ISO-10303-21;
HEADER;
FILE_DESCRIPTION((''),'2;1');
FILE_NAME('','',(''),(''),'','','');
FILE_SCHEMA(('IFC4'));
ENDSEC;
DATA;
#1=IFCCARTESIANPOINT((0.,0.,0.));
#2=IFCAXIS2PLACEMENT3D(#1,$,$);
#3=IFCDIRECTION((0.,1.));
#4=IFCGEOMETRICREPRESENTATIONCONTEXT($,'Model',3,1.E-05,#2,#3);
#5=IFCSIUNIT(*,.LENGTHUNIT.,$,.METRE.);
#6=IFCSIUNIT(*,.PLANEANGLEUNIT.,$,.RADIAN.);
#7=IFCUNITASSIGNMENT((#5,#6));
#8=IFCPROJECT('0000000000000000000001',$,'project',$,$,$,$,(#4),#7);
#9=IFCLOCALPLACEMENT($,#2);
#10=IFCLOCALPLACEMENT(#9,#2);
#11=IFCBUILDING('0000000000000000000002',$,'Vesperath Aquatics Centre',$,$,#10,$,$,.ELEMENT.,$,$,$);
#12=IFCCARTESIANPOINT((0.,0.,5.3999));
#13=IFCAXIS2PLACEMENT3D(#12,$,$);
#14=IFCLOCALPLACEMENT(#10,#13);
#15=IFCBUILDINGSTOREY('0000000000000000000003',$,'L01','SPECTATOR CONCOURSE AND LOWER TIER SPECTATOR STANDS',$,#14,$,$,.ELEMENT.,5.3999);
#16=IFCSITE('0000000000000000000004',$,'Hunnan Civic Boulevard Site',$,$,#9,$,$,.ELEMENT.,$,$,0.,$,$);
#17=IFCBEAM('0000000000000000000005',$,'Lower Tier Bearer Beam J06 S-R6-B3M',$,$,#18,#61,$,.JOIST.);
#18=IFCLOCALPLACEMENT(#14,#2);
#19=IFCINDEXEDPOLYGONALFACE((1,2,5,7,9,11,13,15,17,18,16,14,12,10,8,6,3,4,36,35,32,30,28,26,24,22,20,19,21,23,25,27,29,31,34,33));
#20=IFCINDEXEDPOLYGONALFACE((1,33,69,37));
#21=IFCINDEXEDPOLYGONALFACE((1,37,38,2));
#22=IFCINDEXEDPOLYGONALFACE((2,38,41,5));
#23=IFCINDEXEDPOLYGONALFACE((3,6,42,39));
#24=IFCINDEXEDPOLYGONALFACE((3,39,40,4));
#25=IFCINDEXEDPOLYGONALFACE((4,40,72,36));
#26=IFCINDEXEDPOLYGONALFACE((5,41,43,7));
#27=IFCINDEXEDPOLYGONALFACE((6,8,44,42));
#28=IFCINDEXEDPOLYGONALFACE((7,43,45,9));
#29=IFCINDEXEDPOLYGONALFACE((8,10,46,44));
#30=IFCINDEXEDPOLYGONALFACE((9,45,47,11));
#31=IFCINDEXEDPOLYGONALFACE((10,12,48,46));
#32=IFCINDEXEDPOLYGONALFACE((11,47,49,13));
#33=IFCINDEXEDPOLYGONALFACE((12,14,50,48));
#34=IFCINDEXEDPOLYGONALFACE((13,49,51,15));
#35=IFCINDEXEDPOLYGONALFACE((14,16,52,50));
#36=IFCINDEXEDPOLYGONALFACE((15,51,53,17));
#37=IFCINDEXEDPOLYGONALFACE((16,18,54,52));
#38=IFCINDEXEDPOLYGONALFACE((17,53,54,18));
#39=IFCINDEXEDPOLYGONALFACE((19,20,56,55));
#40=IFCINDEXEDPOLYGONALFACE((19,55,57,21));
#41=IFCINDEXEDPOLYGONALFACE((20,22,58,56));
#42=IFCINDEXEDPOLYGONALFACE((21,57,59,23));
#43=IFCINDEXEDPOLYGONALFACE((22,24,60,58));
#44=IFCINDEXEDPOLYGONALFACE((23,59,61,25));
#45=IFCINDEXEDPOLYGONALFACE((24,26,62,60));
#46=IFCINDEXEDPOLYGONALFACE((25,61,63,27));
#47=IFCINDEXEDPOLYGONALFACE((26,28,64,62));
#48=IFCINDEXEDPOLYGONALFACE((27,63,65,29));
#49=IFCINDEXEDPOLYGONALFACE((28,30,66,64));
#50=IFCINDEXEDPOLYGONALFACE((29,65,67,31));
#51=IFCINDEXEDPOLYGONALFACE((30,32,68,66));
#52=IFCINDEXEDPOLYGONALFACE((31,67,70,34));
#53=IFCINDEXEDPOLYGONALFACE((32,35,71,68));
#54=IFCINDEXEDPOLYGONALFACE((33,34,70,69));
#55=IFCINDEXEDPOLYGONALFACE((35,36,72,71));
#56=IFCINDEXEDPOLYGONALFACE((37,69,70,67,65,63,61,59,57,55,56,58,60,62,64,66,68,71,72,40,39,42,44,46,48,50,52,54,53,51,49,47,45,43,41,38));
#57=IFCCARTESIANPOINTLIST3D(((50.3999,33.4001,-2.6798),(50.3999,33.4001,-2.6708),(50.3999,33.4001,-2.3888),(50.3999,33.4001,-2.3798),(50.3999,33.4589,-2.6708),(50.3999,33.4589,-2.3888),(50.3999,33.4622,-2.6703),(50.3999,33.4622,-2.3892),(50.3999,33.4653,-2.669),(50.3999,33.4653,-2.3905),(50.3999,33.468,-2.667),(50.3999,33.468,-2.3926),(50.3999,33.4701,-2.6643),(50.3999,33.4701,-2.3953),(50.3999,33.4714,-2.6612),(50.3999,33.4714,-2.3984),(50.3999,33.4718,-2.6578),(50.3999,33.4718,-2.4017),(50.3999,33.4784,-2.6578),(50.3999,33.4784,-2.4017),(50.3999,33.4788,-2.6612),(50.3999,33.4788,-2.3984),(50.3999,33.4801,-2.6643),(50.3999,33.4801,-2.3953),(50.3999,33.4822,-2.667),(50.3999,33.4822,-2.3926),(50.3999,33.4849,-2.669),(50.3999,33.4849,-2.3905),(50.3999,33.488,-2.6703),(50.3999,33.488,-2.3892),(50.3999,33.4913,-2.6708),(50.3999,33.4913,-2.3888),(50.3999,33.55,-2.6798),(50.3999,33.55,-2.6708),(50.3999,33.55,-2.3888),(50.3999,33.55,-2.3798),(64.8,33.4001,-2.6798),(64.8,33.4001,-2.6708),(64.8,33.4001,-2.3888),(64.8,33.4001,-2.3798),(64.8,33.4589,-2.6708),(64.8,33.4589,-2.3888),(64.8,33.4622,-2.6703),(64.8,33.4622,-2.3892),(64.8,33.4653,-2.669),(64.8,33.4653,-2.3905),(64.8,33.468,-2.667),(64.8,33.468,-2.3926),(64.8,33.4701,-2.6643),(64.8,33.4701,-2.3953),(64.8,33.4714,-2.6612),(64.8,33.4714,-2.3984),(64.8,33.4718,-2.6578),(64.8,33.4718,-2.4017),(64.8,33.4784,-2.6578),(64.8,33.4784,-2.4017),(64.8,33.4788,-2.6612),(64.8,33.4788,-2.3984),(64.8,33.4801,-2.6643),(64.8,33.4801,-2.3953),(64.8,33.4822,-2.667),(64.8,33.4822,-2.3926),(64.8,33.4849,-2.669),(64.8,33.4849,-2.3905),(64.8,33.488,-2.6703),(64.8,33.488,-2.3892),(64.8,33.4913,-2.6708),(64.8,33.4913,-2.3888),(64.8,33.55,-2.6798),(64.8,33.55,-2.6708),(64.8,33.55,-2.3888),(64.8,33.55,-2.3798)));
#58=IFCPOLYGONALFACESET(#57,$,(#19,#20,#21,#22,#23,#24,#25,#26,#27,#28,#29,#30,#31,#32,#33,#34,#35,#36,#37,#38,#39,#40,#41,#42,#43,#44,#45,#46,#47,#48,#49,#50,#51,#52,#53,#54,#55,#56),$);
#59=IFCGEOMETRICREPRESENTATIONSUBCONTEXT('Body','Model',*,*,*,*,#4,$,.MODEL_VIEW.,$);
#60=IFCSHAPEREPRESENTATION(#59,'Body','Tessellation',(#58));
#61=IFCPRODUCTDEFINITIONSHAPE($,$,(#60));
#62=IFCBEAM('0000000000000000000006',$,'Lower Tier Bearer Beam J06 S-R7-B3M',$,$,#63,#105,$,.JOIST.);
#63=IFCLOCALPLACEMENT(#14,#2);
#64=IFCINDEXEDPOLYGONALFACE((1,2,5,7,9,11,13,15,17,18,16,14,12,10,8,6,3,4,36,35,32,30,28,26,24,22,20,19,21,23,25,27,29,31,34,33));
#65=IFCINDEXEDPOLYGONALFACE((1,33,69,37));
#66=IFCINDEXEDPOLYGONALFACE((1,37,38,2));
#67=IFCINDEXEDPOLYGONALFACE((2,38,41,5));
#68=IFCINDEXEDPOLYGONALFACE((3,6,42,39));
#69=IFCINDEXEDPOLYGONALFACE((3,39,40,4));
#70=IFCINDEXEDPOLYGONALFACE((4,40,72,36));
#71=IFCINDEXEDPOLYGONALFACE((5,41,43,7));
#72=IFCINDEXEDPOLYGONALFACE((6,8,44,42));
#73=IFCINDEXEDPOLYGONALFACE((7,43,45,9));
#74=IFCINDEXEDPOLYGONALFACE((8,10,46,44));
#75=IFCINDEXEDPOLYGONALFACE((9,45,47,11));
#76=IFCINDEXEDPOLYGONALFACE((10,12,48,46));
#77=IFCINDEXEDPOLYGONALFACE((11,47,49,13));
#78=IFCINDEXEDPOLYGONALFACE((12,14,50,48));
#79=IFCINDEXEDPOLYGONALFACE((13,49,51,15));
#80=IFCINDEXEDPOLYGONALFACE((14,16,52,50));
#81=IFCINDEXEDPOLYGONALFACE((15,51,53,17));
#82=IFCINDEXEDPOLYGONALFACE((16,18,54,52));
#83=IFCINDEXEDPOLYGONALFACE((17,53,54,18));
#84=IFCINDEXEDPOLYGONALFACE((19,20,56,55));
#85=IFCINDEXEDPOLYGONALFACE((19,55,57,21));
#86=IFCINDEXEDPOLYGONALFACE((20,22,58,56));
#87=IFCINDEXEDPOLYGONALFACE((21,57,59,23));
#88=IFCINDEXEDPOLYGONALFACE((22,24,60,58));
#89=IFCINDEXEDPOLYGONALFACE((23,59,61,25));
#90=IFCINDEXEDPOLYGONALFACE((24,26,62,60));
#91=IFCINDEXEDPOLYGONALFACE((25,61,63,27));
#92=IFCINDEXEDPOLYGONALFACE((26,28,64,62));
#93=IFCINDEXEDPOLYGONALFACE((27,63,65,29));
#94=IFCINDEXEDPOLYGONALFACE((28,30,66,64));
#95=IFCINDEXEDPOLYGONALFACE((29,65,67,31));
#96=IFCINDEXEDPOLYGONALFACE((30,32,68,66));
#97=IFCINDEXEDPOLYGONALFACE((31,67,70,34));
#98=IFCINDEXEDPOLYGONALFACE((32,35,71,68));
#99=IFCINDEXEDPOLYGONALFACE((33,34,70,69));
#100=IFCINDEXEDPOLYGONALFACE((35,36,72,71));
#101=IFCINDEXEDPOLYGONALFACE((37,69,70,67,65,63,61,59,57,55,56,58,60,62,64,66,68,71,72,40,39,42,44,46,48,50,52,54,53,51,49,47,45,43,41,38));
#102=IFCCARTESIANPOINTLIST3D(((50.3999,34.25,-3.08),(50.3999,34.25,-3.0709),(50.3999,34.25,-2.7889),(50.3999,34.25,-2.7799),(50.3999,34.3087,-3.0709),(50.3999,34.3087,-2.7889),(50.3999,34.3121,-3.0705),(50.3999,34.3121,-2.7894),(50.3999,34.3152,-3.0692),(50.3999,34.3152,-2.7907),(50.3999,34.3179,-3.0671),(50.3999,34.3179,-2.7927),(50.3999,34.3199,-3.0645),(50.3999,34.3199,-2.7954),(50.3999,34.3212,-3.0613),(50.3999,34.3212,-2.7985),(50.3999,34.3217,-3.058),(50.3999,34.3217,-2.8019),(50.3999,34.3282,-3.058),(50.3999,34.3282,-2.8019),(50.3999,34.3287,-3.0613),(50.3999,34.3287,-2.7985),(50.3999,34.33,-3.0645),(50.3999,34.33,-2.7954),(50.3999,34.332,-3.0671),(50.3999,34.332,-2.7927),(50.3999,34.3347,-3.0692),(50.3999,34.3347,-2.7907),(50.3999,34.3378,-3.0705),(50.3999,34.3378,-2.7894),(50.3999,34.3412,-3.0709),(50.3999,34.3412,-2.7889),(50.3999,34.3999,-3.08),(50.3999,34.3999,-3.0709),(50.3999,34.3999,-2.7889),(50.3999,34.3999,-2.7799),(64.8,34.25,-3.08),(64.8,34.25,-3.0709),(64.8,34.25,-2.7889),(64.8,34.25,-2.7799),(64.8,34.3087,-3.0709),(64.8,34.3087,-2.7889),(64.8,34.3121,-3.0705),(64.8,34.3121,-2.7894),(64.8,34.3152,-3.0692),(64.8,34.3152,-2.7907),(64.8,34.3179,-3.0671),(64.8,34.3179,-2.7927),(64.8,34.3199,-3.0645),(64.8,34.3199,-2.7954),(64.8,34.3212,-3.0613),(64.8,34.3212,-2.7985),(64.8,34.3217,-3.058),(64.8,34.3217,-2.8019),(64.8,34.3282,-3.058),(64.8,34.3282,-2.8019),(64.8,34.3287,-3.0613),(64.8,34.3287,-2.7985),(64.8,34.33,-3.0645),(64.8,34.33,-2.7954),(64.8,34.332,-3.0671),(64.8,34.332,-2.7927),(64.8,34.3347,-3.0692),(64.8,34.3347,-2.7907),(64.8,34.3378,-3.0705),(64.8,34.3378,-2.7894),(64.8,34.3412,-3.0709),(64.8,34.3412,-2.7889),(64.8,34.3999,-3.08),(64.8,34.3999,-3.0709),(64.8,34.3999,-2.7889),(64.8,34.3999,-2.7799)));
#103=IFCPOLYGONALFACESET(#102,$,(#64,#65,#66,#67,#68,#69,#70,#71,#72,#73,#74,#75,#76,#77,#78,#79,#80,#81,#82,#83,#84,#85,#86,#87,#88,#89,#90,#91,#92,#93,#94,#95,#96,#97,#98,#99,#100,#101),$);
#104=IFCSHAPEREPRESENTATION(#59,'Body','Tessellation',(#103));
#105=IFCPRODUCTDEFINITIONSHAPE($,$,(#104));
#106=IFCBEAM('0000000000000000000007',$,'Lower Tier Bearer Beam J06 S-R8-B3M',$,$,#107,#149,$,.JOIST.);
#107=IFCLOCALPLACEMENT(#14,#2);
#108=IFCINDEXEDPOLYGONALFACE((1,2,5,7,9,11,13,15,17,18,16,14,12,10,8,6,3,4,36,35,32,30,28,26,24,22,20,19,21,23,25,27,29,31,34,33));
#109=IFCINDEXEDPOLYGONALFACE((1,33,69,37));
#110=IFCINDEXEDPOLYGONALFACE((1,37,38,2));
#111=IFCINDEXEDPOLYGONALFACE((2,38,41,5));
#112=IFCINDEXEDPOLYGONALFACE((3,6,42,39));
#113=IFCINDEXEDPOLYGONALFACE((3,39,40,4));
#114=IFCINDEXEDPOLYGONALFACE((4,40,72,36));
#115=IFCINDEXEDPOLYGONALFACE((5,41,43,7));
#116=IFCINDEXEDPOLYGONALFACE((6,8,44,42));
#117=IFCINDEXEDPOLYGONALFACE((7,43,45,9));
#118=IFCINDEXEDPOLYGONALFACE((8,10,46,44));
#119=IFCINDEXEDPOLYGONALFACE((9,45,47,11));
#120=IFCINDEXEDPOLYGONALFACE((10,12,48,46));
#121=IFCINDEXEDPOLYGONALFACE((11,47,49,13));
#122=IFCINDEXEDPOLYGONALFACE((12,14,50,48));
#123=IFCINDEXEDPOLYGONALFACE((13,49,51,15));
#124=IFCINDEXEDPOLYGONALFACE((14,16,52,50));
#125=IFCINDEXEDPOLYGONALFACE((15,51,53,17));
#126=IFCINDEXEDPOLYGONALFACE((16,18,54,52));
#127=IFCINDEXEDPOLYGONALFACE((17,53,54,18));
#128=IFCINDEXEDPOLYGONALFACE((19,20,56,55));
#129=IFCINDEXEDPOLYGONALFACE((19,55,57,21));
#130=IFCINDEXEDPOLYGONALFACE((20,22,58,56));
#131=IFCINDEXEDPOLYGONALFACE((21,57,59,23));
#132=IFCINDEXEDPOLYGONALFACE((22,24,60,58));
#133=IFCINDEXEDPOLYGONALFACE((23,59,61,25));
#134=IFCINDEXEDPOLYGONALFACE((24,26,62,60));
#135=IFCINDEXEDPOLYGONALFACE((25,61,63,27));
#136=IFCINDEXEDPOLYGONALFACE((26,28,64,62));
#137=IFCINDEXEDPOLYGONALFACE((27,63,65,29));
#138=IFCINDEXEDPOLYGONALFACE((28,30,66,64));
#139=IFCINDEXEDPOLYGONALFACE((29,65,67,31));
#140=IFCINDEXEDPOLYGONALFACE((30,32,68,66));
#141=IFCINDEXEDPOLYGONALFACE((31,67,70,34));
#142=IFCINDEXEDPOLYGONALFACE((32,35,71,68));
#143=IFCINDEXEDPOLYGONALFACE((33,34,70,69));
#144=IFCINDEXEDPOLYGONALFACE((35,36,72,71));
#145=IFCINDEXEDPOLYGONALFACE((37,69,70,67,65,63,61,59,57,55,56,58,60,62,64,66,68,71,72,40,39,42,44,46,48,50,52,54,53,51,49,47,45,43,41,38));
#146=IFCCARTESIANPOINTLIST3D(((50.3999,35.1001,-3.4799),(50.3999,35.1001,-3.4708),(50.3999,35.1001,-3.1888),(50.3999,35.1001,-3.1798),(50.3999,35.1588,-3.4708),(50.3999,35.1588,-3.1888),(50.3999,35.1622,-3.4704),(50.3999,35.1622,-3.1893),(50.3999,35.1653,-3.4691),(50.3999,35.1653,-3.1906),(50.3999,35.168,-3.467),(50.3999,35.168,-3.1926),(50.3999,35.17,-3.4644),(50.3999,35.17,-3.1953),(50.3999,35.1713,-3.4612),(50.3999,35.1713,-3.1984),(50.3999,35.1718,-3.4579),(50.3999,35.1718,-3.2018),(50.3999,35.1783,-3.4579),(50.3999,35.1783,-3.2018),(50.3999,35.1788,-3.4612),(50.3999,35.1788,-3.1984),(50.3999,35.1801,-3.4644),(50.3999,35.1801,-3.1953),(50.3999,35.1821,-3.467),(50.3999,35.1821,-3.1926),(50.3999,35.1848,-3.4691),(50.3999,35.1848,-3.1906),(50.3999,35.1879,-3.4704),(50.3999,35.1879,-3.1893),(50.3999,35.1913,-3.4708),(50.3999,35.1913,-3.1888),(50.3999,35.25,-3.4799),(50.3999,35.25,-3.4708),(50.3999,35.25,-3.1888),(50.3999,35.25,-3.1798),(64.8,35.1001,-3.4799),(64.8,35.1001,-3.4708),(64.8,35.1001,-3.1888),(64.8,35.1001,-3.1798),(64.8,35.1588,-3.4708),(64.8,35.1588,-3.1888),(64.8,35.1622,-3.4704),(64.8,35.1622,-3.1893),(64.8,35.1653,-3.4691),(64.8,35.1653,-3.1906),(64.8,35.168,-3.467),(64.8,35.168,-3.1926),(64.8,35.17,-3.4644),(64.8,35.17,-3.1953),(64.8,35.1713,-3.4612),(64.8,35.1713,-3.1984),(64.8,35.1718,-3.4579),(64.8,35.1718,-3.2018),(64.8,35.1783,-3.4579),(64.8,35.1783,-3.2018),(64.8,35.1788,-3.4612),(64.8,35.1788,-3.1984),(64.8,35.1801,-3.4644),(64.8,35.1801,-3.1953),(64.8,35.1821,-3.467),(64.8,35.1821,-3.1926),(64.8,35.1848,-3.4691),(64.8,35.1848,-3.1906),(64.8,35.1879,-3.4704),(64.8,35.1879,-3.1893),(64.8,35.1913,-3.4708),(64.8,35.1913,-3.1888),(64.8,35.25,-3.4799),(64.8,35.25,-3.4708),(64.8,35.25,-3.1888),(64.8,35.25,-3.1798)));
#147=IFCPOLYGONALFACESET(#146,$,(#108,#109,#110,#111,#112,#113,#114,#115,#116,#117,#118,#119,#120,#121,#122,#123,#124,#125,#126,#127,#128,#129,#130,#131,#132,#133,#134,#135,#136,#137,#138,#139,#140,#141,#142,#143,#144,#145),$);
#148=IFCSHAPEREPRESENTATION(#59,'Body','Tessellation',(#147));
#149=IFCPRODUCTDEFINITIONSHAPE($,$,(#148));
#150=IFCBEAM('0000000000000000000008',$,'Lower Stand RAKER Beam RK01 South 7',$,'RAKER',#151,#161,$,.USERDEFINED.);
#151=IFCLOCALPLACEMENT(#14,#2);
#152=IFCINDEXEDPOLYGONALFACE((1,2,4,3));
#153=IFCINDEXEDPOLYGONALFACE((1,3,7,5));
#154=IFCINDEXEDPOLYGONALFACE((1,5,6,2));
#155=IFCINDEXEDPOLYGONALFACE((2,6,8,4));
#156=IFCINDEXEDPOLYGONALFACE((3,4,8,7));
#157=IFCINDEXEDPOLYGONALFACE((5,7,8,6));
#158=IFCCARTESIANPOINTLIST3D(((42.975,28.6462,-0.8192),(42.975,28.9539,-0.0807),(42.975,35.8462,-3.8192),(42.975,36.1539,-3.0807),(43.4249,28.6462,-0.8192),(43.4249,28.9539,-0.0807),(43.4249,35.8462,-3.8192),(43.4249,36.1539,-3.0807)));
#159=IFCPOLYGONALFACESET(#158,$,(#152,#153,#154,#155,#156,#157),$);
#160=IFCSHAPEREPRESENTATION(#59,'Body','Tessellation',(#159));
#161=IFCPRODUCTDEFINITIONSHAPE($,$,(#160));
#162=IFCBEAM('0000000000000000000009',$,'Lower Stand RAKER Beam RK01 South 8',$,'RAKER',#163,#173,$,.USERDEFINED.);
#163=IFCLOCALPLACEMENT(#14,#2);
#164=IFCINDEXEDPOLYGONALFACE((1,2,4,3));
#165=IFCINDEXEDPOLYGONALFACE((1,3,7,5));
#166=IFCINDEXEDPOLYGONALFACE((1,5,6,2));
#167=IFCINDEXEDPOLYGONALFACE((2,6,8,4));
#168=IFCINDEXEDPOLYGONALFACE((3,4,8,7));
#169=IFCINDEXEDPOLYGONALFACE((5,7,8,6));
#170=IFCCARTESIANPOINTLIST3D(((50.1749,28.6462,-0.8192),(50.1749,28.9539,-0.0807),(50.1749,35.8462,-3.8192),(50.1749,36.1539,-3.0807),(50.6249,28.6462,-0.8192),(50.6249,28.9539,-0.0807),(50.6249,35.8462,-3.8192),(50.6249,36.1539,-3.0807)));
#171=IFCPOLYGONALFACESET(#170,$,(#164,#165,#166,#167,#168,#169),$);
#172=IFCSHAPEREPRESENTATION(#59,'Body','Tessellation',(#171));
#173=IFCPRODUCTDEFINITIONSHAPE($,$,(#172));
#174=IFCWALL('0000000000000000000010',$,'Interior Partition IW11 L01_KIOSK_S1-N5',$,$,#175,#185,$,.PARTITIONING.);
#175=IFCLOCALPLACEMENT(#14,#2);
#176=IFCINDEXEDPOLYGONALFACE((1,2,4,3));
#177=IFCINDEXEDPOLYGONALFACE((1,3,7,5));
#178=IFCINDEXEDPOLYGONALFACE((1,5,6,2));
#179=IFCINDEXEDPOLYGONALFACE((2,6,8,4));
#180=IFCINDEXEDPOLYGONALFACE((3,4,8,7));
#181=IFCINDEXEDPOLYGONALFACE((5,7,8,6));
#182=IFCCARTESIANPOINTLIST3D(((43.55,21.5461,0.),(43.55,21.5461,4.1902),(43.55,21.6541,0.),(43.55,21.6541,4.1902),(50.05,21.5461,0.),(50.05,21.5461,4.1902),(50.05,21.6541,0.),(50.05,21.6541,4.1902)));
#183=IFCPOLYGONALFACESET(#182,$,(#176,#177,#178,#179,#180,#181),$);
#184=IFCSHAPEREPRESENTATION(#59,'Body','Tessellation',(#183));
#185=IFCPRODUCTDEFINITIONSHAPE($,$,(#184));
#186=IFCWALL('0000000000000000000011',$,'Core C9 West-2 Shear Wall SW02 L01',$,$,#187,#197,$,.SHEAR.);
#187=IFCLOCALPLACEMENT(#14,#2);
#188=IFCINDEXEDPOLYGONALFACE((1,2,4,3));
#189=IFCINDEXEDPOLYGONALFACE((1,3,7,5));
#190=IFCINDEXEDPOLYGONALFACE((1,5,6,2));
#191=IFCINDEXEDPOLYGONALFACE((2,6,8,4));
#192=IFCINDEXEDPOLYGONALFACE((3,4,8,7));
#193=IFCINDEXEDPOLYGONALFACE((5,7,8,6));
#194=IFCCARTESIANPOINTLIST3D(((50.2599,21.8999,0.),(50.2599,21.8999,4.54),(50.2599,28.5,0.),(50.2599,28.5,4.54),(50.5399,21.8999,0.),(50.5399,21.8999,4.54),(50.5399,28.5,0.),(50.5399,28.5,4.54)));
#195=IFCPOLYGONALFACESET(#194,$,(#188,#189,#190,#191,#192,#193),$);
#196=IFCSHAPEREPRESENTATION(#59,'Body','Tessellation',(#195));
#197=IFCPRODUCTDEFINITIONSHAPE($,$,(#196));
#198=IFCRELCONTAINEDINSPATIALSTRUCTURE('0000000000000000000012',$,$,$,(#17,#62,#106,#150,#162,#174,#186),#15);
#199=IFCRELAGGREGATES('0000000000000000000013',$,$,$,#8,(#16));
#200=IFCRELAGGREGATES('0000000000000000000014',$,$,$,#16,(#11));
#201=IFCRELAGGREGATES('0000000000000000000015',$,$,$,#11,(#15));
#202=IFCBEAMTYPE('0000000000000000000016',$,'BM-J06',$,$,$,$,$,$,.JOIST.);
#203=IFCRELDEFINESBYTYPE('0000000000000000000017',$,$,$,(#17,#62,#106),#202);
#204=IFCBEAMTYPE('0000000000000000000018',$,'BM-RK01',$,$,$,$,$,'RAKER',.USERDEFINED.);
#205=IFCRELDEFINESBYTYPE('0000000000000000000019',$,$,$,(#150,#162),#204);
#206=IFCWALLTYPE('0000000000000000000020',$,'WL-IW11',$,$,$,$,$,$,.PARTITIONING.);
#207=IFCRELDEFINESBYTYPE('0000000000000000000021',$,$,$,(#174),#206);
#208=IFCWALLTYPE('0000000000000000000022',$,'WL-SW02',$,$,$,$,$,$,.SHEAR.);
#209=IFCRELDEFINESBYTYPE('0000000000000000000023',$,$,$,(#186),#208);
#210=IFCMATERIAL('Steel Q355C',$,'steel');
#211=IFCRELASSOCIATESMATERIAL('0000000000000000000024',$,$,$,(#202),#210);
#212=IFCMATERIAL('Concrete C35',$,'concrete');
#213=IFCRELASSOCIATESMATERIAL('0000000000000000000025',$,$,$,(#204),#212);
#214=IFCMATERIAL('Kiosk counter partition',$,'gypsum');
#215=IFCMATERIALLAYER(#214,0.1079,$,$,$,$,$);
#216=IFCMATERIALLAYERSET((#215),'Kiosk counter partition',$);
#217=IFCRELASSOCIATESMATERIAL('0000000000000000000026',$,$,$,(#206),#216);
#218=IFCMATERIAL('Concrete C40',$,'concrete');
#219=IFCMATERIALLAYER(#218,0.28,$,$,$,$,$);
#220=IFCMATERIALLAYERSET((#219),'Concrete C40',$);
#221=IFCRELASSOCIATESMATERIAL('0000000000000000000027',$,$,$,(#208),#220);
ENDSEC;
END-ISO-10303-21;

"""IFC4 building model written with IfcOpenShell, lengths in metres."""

from ifc_helpers import new_model, si_unit, direction, frame, frame_2d, origin, origin_2d, place, context, subcontext, project, spatial, rectangle, i_section, extrude, material, layer, layer_set, material_profile, profile_set, type_object, element, save


model = new_model("IFC4")

# Units and contexts
model_context = context("Model", 3, precision=1e-05, world=origin(), true_north=direction((0.0, 1.0)))
body_context = subcontext(model_context, "Body", "Model", "MODEL_VIEW")
ifc_project = project(units=[si_unit("LENGTHUNIT", "METRE"), si_unit("PLANEANGLEUNIT", "RADIAN")], contexts=[model_context])

# Site, building, storey
site_placement = place(None, origin())
site = spatial("IfcSite", under=ifc_project, at=site_placement, Name="Hunnan Civic Boulevard Site", CompositionType="ELEMENT", RefElevation=0.0)
building_placement = place(site_placement, origin())
building = spatial("IfcBuilding", under=site, at=building_placement, Name="Vesperath Aquatics Centre", CompositionType="ELEMENT")
storey_placement = place(building_placement, frame((0.0, 0.0, 5.3999)))
storey = spatial("IfcBuildingStorey", under=building, at=storey_placement, Name="L01", Description="SPECTATOR CONCOURSE AND LOWER TIER SPECTATOR STANDS", CompositionType="ELEMENT", Elevation=5.3999)

# Shared definitions
ifc_material_1 = material(Name="Concrete C40", Category="concrete")

# Beams
ifc_material_2 = material(Name="Concrete C35", Category="concrete")
ifc_material_3 = material(Name="Steel Q355C", Category="steel")
ifc_material_profile_1 = material_profile(ifc_material_3, i_section(OverallWidth=0.1499, OverallDepth=0.3, WebThickness=0.0066, FlangeThickness=0.009, FilletRadius=0.0129, at=origin_2d()), Name="HN 300x150x6.5x9")
ifc_profile_set_1 = profile_set([ifc_material_profile_1], Name="Steel Q355C")
beam_type_1 = type_object("IfcBeamType", Name="BM-J06", PredefinedType="JOIST", material=ifc_profile_set_1)
for number, where, z_axis, x_axis, name in (
    (1, (50.3999, 33.4751, -2.5298), (1.0, 0.0, 0.0), (0.0, 1.0, 0.0), "Lower Tier Bearer Beam J06 S-R6-B3M"),
    (2, (50.3999, 34.325, -2.9299), (1.0, 0.0, 0.0), (0.0, 1.0, 0.0), "Lower Tier Bearer Beam J06 S-R7-B3M"),
    (3, (50.3999, 35.175, -3.3298), (1.0, 0.0, 0.0), (0.0, 1.0, 0.0), "Lower Tier Bearer Beam J06 S-R8-B3M"),
):
    element("IfcBeam", number, at=place(storey_placement, frame(where, z_axis=z_axis, x_axis=x_axis)), inside=storey, type_object=beam_type_1, Name=name, PredefinedType="JOIST", context=body_context, shape_type="SweptSolid", body=[
        extrude(i_section(OverallWidth=0.1499, OverallDepth=0.3, WebThickness=0.0066, FlangeThickness=0.009, FilletRadius=0.0129, at=origin_2d()), origin(), (0.0, 0.0, 1.0), 14.4001),
    ])
ifc_material_profile_2 = material_profile(ifc_material_2, rectangle(XDim=0.45, YDim=0.8, at=origin_2d()), Name="RC 450x800")
ifc_profile_set_2 = profile_set([ifc_material_profile_2], Name="Concrete C35")
beam_type_2 = type_object("IfcBeamType", Name="BM-RK01", ElementType="RAKER", PredefinedType="USERDEFINED", material=ifc_profile_set_2)
for number, where, z_axis, x_axis, name in (
    (4, (43.2, 28.8, -0.45), (0.0, 0.923076, -0.384618), (-1.0, 0.0, 0.0), "Lower Stand RAKER Beam RK01 South 7"),
    (5, (50.3999, 28.8, -0.45), (0.0, 0.923076, -0.384618), (-1.0, 0.0, 0.0), "Lower Stand RAKER Beam RK01 South 8"),
):
    element("IfcBeam", number, at=place(storey_placement, frame(where, z_axis=z_axis, x_axis=x_axis)), inside=storey, type_object=beam_type_2, Name=name, ObjectType="RAKER", PredefinedType="USERDEFINED", context=body_context, shape_type="SweptSolid", body=[
        extrude(rectangle(XDim=0.45, YDim=0.8, at=origin_2d()), origin(), (0.0, 0.0, 1.0), 7.8),
    ])

# Walls
ifc_material_4 = material(Name="Kiosk counter partition", Category="gypsum")
ifc_layer_1 = layer(ifc_material_4, 0.1079)
ifc_layer_set_1 = layer_set([ifc_layer_1], Name="Kiosk counter partition")
wall_type_1 = type_object("IfcWallType", Name="WL-IW11", PredefinedType="PARTITIONING", material=ifc_layer_set_1)
wall_1_placement = place(storey_placement, frame((43.55, 21.6001, 0.0), z_axis=(0.0, 0.0, 1.0), x_axis=(1.0, 0.0, 0.0)))
element("IfcWall", 6, at=wall_1_placement, inside=storey, type_object=wall_type_1, Name="Interior Partition IW11 L01_KIOSK_S1-N5", PredefinedType="PARTITIONING", context=body_context, shape_type="SweptSolid", body=[
    extrude(rectangle(XDim=6.5, YDim=0.1079, at=frame_2d((3.25, 0.0))), origin(), (0.0, 0.0, 1.0), 4.1902),
])
ifc_layer_2 = layer(ifc_material_1, 0.28)
ifc_layer_set_2 = layer_set([ifc_layer_2], Name="Concrete C40")
wall_type_2 = type_object("IfcWallType", Name="WL-SW02", PredefinedType="SHEAR", material=ifc_layer_set_2)
wall_2_placement = place(storey_placement, frame((50.3999, 21.8999, 0.0), z_axis=(0.0, 0.0, 1.0), x_axis=(0.0, 1.0, 0.0)))
element("IfcWall", 7, at=wall_2_placement, inside=storey, type_object=wall_type_2, Name="Core C9 West-2 Shear Wall SW02 L01", PredefinedType="SHEAR", context=body_context, shape_type="SweptSolid", body=[
    extrude(rectangle(XDim=6.6001, YDim=0.28, at=frame_2d((3.3, 0.0))), origin(), (0.0, 0.0, 1.0), 4.54),
])

save(model, "model.ifc")
